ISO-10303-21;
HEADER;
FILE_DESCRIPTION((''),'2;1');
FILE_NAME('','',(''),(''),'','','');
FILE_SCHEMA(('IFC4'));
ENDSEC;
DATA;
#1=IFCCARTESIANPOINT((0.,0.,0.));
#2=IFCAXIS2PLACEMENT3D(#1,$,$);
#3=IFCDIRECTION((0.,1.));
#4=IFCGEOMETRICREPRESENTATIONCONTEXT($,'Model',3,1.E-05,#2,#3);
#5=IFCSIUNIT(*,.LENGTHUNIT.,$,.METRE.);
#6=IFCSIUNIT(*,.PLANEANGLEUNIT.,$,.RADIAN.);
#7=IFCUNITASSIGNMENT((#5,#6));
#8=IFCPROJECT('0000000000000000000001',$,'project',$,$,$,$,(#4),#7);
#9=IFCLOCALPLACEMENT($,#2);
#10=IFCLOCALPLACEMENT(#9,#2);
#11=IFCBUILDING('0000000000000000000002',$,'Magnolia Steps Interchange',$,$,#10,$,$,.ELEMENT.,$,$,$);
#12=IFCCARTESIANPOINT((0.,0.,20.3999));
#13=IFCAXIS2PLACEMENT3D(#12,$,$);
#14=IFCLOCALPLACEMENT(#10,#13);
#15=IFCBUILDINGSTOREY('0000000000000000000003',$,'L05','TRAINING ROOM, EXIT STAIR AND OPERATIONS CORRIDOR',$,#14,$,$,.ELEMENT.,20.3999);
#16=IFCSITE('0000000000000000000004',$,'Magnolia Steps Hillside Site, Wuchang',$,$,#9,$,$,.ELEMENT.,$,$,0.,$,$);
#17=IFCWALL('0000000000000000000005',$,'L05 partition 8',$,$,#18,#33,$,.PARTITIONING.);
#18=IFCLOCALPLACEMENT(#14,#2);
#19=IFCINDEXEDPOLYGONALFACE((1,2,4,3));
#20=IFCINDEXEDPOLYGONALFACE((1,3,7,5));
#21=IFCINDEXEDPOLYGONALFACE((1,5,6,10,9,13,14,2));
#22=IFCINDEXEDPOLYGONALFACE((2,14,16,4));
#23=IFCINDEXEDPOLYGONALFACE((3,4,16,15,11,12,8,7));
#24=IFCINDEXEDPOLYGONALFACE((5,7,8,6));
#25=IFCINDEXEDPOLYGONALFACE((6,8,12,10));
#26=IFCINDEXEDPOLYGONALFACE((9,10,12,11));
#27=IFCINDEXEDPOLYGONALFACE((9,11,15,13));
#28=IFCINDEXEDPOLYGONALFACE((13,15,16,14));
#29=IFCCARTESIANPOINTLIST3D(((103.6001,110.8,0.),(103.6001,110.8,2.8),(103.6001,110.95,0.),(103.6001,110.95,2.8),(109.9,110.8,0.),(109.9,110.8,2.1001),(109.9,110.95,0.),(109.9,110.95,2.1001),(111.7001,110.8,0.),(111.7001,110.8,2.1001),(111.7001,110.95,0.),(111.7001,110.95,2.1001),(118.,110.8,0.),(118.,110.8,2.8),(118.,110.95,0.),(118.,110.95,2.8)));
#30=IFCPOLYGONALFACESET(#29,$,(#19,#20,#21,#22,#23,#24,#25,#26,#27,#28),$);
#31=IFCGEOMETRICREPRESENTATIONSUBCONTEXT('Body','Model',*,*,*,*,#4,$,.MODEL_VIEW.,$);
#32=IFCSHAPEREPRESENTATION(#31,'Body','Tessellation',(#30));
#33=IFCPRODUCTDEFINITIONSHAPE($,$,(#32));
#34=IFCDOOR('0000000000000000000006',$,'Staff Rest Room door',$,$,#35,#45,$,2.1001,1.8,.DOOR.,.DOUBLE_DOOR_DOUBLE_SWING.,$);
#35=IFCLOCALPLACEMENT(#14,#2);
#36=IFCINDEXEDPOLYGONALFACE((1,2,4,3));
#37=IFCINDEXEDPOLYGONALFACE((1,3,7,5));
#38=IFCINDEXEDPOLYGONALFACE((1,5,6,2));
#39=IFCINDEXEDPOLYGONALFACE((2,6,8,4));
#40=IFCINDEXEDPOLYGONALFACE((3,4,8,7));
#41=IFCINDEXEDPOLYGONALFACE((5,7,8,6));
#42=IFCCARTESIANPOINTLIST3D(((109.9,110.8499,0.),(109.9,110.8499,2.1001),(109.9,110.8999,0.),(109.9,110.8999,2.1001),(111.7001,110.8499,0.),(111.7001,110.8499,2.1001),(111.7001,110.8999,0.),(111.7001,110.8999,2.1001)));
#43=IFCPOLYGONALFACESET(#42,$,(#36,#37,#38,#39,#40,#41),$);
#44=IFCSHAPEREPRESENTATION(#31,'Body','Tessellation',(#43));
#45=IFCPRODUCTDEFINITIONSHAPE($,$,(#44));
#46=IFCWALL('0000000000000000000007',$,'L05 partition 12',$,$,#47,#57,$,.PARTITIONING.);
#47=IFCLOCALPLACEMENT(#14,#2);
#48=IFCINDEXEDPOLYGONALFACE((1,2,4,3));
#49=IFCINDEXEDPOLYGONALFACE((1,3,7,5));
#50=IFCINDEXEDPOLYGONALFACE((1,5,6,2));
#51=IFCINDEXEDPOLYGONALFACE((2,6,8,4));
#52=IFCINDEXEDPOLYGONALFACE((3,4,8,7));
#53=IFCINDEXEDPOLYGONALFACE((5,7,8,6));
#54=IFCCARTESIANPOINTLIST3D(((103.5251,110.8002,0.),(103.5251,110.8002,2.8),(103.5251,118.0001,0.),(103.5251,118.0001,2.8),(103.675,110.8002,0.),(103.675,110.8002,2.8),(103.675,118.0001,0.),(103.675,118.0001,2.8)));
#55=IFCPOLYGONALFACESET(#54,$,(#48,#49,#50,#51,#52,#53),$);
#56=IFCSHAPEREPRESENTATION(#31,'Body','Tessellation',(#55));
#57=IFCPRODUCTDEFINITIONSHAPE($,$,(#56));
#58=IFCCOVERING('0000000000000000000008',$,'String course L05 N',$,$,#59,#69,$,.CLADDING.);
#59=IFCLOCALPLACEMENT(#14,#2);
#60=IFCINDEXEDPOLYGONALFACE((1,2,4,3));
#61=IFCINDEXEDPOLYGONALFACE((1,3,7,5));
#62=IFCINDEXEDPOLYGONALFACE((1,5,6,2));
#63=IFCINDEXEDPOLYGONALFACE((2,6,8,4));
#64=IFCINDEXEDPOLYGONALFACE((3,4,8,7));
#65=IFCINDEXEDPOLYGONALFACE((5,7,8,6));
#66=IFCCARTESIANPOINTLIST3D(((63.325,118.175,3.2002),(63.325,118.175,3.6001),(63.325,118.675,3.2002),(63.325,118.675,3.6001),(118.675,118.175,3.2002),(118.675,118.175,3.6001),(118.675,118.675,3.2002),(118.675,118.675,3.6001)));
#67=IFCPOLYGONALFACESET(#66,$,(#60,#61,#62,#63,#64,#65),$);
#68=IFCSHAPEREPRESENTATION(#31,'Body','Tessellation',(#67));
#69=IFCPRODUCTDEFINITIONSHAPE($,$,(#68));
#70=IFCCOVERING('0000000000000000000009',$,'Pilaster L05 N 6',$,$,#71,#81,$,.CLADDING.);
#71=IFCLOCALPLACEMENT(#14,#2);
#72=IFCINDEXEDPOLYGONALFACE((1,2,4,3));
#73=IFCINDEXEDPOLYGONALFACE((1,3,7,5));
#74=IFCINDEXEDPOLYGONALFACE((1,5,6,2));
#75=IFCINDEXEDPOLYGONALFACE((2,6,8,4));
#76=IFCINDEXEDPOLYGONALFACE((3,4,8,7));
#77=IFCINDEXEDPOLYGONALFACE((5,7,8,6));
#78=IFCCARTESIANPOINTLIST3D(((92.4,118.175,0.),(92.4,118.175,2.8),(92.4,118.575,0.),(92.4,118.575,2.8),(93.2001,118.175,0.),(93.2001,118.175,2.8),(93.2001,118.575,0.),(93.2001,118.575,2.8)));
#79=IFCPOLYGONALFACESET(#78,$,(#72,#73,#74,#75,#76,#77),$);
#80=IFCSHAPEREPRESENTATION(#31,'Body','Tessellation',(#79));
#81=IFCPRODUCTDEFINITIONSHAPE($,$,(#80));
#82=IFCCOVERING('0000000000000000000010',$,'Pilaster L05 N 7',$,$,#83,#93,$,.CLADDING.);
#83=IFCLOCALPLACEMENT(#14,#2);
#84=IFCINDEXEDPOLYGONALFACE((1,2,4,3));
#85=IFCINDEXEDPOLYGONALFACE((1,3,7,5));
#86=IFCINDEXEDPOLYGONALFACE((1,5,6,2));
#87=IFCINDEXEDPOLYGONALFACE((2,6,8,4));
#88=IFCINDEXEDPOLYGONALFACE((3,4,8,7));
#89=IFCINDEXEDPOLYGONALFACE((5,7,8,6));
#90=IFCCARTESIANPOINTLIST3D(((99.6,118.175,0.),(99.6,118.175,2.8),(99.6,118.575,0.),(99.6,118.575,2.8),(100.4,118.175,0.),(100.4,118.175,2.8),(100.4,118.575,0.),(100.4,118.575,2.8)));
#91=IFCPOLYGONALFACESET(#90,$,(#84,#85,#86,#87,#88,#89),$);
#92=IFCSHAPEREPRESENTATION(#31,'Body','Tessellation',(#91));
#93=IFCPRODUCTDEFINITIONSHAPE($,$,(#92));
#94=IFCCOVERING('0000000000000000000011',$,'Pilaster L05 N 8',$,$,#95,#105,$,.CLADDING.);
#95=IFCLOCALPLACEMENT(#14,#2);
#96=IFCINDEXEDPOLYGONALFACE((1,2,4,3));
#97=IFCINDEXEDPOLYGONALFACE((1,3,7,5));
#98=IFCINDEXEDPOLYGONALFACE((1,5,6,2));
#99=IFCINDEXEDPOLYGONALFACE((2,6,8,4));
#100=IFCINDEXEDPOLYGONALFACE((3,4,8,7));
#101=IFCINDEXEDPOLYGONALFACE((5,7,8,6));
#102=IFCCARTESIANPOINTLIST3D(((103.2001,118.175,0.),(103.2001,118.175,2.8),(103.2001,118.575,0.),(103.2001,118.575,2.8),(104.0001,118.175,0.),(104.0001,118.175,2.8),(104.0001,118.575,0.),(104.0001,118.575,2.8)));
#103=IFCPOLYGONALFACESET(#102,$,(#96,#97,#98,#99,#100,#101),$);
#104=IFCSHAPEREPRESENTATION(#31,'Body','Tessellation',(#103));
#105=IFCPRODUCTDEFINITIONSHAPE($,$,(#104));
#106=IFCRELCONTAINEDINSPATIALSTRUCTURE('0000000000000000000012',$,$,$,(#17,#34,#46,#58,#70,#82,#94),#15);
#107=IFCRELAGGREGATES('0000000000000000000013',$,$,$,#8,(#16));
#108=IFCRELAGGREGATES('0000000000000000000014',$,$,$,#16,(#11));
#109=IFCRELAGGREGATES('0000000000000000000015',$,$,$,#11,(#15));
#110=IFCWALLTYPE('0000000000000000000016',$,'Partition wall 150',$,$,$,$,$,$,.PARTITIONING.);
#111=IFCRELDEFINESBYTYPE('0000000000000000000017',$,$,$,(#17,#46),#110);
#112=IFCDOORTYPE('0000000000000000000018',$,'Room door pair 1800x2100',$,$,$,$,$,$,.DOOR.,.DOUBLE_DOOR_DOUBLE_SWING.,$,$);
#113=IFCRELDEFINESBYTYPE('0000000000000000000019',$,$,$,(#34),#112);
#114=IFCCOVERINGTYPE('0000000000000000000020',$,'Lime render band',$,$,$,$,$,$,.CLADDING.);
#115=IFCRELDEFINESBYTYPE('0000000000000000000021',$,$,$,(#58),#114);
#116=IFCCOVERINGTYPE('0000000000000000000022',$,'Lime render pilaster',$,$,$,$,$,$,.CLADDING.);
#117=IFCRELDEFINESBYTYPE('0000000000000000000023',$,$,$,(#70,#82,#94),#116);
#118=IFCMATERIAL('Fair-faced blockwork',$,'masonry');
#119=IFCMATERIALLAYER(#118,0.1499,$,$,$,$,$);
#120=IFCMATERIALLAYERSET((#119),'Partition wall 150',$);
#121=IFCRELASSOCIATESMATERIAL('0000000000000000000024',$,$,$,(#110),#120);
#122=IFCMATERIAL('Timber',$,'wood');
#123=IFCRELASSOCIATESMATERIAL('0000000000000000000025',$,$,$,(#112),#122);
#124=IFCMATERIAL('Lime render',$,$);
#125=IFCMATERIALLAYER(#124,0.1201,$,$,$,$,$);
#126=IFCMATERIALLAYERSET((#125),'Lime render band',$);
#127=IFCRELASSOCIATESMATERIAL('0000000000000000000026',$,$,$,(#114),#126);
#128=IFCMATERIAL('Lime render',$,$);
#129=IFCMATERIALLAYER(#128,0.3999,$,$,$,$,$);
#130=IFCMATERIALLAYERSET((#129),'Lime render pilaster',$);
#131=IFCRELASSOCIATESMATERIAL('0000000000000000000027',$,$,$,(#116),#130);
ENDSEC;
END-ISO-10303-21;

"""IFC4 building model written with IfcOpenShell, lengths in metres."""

from ifc_helpers import new_model, si_unit, direction, frame, frame_2d, origin, origin_2d, place, context, subcontext, project, spatial, rectangle, extrude, material, layer, layer_set, type_object, element, fill, save


model = new_model("IFC4")

# Units and contexts
model_context = context("Model", 3, precision=1e-05, world=origin(), true_north=direction((0.0, 1.0)))
body_context = subcontext(model_context, "Body", "Model", "MODEL_VIEW")
ifc_project = project(units=[si_unit("LENGTHUNIT", "METRE"), si_unit("PLANEANGLEUNIT", "RADIAN")], contexts=[model_context])

# Site, building, storey
site_placement = place(None, origin())
site = spatial("IfcSite", under=ifc_project, at=site_placement, Name="Magnolia Steps Hillside Site, Wuchang", CompositionType="ELEMENT", RefElevation=0.0)
building_placement = place(site_placement, origin())
building = spatial("IfcBuilding", under=site, at=building_placement, Name="Magnolia Steps Interchange", CompositionType="ELEMENT")
storey_placement = place(building_placement, frame((0.0, 0.0, 20.3999)))
storey = spatial("IfcBuildingStorey", under=building, at=storey_placement, Name="L05", Description="TRAINING ROOM, EXIT STAIR AND OPERATIONS CORRIDOR", CompositionType="ELEMENT", Elevation=20.3999)

# Wall, opening, door
ifc_material_1 = material(Name="Fair-faced blockwork", Category="masonry")
ifc_layer_1 = layer(ifc_material_1, 0.1499)
ifc_layer_set_1 = layer_set([ifc_layer_1], Name="Partition wall 150")
wall_type_1 = type_object("IfcWallType", Name="Partition wall 150", PredefinedType="PARTITIONING", material=ifc_layer_set_1)
ifc_material_2 = material(Name="Timber", Category="wood")
door_type = type_object("IfcDoorType", Name="Room door pair 1800x2100", OperationType="DOUBLE_DOOR_DOUBLE_SWING", PredefinedType="DOOR", material=ifc_material_2)
wall_1_placement = place(storey_placement, frame((103.6001, 110.875, 0.0), z_axis=(0.0, 0.0, 1.0), x_axis=(1.0, 0.0, 0.0)))
wall_1 = element("IfcWall", 1, at=wall_1_placement, inside=storey, type_object=wall_type_1, Name="L05 partition 8", PredefinedType="PARTITIONING", context=body_context, shape_type="SweptSolid", body=[
    extrude(rectangle(XDim=14.3999, YDim=0.1499, at=frame_2d((7.2, 0.0))), origin(), (0.0, 0.0, 1.0), 2.8),
])
opening_1_placement = place(wall_1_placement, frame((6.3, 0.0, 0.0)))
opening_1 = element("IfcOpeningElement", 2, at=opening_1_placement, cuts=wall_1, PredefinedType="OPENING", context=body_context, shape_type="SweptSolid", body=[
    extrude(rectangle(XDim=1.8, YDim=2.1001, at=frame_2d((0.8999, 1.05))), frame((0.0, 0.085, 0.0), z_axis=(0.0, -1.0, 0.0), x_axis=(1.0, 0.0, 0.0)), (0.0, 0.0, 1.0), 0.1699),
])
door_1_placement = place(opening_1_placement, origin())
door_1 = element("IfcDoor", 3, at=door_1_placement, inside=storey, type_object=door_type, Name="Staff Rest Room door", OperationType="DOUBLE_DOOR_DOUBLE_SWING", OverallHeight=2.1001, OverallWidth=1.8, PredefinedType="DOOR", context=body_context, shape_type="SweptSolid", body=[
    extrude(rectangle(XDim=1.8, YDim=2.1001, at=frame_2d((0.8999, 1.05))), frame((0.0, 0.0249, 0.0), z_axis=(0.0, -1.0, 0.0), x_axis=(1.0, 0.0, 0.0)), (0.0, 0.0, 1.0), 0.05),
])
fill(opening_1, door_1)

# Wall
wall_2_placement = place(storey_placement, frame((103.6001, 110.8, 0.0), z_axis=(0.0, 0.0, 1.0), x_axis=(0.0, 1.0, 0.0)))
element("IfcWall", 4, at=wall_2_placement, inside=storey, type_object=wall_type_1, Name="L05 partition 12", PredefinedType="PARTITIONING", context=body_context, shape_type="SweptSolid", body=[
    extrude(rectangle(XDim=7.2, YDim=0.1499, at=frame_2d((3.6001, 0.0))), origin(), (0.0, 0.0, 1.0), 2.8),
])

# Coverings
ifc_material_3 = material(Name="Lime render")
ifc_layer_2 = layer(ifc_material_3, 0.1201)
ifc_layer_set_2 = layer_set([ifc_layer_2], Name="Lime render band")
covering_type_1 = type_object("IfcCoveringType", Name="Lime render band", PredefinedType="CLADDING", material=ifc_layer_set_2)
covering_1_placement = place(storey_placement, frame((91.0, 118.425, 3.2002), z_axis=(0.0, 0.0, 1.0), x_axis=(1.0, 0.0, 0.0)))
element("IfcCovering", 5, at=covering_1_placement, inside=storey, type_object=covering_type_1, Name="String course L05 N", PredefinedType="CLADDING", context=body_context, shape_type="SweptSolid", body=[
    extrude(rectangle(XDim=55.3501, YDim=0.5, at=origin_2d()), origin(), (0.0, 0.0, 1.0), 0.3999),
])
ifc_material_4 = material(Name="Lime render")
ifc_layer_3 = layer(ifc_material_4, 0.3999)
ifc_layer_set_3 = layer_set([ifc_layer_3], Name="Lime render pilaster")
covering_type_2 = type_object("IfcCoveringType", Name="Lime render pilaster", PredefinedType="CLADDING", material=ifc_layer_set_3)
for number, where, z_axis, x_axis, name in (
    (6, (92.8, 118.375, 0.0), (0.0, 0.0, 1.0), (1.0, 0.0, 0.0), "Pilaster L05 N 6"),
    (7, (100.0, 118.375, 0.0), (0.0, 0.0, 1.0), (1.0, 0.0, 0.0), "Pilaster L05 N 7"),
    (8, (103.6001, 118.375, 0.0), (0.0, 0.0, 1.0), (1.0, 0.0, 0.0), "Pilaster L05 N 8"),
):
    element("IfcCovering", number, at=place(storey_placement, frame(where, z_axis=z_axis, x_axis=x_axis)), inside=storey, type_object=covering_type_2, Name=name, PredefinedType="CLADDING", context=body_context, shape_type="SweptSolid", body=[
        extrude(rectangle(XDim=0.8, YDim=0.3999, at=origin_2d()), origin(), (0.0, 0.0, 1.0), 2.8),
    ])

save(model, "model.ifc")
